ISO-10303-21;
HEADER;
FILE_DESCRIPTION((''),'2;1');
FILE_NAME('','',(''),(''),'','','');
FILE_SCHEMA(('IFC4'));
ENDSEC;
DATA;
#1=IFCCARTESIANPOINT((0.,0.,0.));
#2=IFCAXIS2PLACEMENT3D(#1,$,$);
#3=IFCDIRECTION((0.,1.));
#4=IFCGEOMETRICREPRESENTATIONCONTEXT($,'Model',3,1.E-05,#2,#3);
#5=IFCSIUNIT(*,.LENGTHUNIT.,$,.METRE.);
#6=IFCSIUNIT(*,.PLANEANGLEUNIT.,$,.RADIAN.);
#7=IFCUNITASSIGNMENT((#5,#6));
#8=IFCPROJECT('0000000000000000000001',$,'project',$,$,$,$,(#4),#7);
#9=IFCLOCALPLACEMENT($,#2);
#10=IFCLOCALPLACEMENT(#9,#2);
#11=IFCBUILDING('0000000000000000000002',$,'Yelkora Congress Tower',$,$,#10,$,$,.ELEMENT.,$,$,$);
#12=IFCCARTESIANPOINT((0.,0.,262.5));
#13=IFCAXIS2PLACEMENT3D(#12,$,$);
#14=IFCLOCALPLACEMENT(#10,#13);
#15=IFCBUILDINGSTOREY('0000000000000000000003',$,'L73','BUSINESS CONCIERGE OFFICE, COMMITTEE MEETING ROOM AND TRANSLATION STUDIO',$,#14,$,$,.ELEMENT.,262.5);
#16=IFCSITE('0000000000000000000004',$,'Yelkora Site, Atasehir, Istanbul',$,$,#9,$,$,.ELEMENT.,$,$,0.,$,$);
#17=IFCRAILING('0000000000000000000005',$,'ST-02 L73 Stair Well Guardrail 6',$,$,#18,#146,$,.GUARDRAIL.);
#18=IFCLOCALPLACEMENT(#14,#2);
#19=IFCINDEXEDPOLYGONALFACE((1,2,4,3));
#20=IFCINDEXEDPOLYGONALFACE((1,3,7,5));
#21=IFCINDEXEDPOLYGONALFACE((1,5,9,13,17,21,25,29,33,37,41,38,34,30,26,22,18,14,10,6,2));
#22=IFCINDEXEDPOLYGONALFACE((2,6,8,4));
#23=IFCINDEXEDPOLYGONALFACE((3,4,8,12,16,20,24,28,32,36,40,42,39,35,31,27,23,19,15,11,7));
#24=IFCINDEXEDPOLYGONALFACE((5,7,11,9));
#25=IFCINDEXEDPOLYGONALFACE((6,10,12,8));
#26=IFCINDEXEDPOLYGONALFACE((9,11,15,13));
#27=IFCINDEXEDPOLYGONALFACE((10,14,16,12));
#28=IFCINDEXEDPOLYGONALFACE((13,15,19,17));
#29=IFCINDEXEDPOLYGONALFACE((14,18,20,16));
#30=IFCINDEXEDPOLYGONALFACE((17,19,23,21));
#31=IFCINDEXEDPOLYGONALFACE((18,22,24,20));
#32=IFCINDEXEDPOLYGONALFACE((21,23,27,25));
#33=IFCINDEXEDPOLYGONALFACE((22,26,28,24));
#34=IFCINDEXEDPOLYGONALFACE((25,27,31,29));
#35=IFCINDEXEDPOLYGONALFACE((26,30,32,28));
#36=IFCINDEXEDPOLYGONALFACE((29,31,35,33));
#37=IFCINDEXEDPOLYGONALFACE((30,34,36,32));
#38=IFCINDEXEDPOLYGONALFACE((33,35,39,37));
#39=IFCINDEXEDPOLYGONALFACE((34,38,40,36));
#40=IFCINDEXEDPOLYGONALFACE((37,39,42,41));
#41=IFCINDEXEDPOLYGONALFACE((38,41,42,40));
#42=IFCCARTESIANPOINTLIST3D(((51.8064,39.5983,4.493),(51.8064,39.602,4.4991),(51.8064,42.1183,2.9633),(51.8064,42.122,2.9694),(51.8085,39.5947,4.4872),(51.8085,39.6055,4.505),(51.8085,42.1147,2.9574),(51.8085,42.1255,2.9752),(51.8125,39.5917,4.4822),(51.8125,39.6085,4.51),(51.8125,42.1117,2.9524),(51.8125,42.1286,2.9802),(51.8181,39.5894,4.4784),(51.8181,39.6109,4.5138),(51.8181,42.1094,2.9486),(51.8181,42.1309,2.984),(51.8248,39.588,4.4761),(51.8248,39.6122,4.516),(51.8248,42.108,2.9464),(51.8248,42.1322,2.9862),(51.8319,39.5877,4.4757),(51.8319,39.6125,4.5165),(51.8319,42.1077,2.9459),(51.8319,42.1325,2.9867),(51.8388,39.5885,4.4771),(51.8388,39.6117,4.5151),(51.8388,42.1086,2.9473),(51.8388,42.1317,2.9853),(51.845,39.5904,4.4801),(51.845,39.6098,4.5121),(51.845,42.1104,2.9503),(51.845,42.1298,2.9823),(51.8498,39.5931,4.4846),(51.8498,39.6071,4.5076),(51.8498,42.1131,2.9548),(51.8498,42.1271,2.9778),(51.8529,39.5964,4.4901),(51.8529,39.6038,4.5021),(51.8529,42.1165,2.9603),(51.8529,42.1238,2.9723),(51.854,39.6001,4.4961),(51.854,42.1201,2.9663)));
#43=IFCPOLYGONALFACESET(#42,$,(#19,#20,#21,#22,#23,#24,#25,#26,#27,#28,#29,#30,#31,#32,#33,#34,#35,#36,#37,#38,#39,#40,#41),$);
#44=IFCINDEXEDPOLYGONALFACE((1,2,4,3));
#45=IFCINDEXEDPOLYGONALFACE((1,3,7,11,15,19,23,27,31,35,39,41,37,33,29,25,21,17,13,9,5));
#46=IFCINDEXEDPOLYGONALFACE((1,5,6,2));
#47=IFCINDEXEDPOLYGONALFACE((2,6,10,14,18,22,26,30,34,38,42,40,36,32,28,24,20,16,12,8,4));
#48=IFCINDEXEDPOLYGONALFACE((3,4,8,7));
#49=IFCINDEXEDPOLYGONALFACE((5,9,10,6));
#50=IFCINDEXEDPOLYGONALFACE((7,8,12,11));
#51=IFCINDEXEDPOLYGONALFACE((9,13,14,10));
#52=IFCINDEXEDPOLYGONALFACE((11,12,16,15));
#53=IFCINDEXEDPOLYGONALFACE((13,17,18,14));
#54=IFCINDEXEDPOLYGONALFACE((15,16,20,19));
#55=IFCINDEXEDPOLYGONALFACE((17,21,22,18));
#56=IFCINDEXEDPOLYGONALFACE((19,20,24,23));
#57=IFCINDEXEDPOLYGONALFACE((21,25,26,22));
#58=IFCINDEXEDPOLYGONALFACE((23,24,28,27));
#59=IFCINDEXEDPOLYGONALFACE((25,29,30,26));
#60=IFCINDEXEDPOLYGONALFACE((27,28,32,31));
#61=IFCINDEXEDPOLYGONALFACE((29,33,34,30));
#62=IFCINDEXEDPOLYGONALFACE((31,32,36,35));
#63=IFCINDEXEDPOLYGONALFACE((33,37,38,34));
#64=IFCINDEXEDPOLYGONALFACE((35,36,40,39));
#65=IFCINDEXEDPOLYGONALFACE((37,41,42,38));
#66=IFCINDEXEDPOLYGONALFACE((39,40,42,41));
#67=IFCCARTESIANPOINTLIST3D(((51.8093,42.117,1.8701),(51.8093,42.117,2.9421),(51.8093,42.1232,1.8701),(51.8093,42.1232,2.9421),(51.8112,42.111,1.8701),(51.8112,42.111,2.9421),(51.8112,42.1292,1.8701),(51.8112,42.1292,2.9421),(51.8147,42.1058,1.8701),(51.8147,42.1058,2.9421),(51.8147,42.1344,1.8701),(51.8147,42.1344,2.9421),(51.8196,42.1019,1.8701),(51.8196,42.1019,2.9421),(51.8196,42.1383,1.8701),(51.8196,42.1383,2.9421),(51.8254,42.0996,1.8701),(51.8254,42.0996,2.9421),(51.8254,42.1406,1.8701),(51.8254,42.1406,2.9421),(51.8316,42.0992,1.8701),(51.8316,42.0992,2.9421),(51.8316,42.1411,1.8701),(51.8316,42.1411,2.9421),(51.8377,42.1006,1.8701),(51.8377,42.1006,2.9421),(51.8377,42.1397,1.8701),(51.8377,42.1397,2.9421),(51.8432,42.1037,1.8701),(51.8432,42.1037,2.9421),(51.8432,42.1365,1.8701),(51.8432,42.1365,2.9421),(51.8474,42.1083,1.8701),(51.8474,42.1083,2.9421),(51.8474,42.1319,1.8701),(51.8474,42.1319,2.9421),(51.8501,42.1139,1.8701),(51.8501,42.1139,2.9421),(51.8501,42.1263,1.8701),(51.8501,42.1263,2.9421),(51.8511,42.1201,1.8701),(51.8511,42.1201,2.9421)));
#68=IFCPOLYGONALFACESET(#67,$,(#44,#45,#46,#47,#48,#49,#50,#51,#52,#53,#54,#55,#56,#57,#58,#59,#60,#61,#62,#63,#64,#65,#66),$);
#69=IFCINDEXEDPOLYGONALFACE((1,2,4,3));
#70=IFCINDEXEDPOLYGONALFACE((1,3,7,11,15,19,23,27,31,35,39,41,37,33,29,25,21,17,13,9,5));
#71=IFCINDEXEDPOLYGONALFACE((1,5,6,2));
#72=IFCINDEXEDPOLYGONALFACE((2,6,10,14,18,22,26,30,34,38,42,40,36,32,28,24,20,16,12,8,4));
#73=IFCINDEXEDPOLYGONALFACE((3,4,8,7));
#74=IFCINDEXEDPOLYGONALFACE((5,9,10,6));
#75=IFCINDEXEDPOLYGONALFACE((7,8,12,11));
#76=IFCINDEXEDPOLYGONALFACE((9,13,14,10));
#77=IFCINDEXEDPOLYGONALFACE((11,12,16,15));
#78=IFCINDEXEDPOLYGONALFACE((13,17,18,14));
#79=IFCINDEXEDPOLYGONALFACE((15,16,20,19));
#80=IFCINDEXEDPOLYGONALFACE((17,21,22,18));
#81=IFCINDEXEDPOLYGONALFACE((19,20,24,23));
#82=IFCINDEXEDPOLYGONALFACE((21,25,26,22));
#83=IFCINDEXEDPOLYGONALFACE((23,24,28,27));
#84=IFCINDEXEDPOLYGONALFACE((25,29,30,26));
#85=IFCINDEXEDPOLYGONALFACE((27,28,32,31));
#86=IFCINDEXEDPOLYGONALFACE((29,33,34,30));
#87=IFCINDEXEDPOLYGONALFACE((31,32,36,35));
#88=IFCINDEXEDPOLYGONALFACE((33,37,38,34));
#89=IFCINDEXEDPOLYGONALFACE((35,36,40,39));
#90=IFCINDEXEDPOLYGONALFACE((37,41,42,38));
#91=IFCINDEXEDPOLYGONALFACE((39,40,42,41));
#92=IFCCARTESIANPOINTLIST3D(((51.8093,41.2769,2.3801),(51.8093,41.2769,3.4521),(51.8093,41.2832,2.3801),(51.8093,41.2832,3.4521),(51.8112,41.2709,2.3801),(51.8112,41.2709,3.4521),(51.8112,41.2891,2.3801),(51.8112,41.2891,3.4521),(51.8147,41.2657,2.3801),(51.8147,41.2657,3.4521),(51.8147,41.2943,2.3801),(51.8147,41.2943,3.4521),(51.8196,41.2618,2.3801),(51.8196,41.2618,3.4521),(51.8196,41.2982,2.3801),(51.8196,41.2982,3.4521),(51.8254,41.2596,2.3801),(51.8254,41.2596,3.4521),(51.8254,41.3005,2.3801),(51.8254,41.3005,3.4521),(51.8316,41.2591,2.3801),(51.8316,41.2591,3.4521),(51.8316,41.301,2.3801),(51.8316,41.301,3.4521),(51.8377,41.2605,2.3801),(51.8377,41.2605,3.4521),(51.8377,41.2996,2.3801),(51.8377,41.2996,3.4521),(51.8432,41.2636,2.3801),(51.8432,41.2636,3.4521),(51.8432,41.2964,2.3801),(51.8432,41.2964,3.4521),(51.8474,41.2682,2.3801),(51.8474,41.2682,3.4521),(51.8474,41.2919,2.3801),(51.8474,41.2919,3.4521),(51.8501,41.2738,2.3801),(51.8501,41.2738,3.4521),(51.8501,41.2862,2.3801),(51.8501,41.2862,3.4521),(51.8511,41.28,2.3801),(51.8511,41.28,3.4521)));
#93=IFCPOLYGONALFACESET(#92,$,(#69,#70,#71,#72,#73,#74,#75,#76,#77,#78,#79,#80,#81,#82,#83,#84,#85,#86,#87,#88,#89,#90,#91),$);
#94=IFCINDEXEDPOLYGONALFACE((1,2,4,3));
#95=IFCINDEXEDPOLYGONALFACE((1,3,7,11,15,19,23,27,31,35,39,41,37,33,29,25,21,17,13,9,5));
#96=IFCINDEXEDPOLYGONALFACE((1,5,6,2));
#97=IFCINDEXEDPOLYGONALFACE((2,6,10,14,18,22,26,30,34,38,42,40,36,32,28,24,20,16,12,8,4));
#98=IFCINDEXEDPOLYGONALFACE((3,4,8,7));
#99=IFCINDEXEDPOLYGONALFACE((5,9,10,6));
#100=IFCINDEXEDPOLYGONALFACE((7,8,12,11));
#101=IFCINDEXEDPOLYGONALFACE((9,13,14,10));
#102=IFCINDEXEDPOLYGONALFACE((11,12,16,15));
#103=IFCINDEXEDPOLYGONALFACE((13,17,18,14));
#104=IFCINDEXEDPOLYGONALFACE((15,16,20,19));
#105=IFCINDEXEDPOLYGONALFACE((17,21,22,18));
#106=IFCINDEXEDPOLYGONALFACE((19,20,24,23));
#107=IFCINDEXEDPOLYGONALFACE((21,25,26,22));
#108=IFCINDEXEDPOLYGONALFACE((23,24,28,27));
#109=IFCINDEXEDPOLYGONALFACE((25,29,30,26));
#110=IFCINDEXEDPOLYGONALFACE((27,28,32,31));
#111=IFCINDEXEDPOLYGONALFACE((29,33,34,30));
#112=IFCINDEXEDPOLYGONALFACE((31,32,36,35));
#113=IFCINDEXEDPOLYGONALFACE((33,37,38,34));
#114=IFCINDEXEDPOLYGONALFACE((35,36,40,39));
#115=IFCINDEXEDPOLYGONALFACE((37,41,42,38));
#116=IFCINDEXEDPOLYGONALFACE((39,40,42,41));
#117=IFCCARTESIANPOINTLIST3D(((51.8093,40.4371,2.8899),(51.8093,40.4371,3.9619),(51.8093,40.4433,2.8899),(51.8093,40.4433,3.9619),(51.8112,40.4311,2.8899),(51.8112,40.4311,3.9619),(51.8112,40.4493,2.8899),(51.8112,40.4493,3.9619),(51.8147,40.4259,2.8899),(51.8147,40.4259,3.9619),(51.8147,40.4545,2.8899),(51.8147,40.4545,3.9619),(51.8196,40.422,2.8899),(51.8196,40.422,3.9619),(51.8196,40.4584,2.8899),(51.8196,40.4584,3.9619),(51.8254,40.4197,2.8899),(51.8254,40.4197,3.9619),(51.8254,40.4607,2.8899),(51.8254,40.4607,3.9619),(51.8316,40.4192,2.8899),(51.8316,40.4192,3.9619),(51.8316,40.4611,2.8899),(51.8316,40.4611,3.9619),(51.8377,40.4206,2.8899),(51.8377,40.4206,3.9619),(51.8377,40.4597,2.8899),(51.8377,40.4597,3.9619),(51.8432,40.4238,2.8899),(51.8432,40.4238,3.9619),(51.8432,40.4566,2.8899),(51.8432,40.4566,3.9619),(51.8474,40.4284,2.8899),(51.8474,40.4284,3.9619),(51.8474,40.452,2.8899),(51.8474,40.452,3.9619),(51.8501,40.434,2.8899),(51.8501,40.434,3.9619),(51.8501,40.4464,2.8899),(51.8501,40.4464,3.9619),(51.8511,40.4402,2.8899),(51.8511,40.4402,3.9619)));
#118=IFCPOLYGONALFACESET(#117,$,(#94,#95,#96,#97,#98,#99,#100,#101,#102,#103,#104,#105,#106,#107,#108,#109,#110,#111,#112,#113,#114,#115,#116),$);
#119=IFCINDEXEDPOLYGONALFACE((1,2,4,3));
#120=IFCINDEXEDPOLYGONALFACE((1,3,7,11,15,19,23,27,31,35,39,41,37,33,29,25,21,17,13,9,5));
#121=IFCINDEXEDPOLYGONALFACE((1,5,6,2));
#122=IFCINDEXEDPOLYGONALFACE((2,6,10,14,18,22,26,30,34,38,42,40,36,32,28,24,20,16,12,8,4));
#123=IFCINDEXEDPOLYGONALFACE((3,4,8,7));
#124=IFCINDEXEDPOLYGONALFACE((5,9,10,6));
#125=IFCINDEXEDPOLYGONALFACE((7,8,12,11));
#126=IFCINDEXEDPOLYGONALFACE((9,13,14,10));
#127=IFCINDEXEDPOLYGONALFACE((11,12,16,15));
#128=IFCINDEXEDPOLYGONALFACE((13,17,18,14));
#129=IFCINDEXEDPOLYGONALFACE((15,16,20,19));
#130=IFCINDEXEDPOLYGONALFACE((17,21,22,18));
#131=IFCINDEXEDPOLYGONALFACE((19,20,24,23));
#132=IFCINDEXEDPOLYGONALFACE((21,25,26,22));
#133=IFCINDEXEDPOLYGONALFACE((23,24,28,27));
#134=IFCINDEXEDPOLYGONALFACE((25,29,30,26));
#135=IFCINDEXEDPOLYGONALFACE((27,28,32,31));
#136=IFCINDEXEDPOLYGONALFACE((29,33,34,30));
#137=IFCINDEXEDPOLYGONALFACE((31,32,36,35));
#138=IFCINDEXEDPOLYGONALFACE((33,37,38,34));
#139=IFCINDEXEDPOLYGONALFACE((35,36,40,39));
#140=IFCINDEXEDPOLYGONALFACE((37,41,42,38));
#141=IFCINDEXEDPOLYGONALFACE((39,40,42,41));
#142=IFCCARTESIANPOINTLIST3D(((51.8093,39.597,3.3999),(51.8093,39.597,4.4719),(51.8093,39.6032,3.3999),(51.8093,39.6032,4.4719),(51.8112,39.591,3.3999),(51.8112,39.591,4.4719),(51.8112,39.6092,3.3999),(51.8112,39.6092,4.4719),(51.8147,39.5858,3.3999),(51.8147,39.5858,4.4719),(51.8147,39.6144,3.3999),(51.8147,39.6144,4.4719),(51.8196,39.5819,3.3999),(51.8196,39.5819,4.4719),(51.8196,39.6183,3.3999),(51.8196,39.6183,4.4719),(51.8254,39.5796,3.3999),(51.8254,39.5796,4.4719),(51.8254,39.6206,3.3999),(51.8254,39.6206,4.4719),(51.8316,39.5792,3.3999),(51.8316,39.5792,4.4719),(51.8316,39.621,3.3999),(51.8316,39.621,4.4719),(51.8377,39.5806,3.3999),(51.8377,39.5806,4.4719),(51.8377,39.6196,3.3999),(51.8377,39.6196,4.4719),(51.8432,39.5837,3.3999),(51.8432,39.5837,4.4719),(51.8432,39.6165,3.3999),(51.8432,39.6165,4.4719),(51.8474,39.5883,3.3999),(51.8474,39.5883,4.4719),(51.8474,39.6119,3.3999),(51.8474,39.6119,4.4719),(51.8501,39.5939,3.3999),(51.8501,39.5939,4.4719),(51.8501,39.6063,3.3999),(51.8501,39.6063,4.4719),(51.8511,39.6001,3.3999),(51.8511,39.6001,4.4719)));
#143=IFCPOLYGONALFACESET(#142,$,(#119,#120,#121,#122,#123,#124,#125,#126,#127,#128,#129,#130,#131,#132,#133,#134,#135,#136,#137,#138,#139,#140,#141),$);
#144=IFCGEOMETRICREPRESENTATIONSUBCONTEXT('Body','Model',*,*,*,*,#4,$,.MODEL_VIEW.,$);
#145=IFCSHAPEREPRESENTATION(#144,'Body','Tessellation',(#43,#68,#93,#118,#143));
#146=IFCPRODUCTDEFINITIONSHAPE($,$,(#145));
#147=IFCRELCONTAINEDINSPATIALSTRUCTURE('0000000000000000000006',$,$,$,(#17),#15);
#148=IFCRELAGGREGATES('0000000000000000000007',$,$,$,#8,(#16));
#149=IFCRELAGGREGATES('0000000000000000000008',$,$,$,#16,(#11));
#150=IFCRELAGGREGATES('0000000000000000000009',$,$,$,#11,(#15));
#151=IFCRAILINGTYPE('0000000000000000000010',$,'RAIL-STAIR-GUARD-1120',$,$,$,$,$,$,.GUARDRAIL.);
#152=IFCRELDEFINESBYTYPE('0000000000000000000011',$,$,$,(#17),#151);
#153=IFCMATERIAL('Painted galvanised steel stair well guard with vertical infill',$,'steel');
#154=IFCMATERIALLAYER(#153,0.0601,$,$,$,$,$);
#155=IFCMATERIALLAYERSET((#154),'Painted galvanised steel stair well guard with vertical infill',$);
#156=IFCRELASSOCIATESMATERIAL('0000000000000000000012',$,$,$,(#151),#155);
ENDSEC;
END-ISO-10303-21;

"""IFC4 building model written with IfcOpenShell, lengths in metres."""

from ifc_helpers import new_model, si_unit, direction, frame, origin, origin_2d, place, context, subcontext, project, spatial, circle, extrude, material, layer, layer_set, type_object, element, save


model = new_model("IFC4")

# Units and contexts
model_context = context("Model", 3, precision=1e-05, world=origin(), true_north=direction((0.0, 1.0)))
body_context = subcontext(model_context, "Body", "Model", "MODEL_VIEW")
ifc_project = project(units=[si_unit("LENGTHUNIT", "METRE"), si_unit("PLANEANGLEUNIT", "RADIAN")], contexts=[model_context])

# Site, building, storey
site_placement = place(None, origin())
site = spatial("IfcSite", under=ifc_project, at=site_placement, Name="Yelkora Site, Atasehir, Istanbul", CompositionType="ELEMENT", RefElevation=0.0)
building_placement = place(site_placement, origin())
building = spatial("IfcBuilding", under=site, at=building_placement, Name="Yelkora Congress Tower", CompositionType="ELEMENT")
storey_placement = place(building_placement, frame((0.0, 0.0, 262.5)))
storey = spatial("IfcBuildingStorey", under=building, at=storey_placement, Name="L73", Description="BUSINESS CONCIERGE OFFICE, COMMITTEE MEETING ROOM AND TRANSLATION STUDIO", CompositionType="ELEMENT", Elevation=262.5)

# Railing
ifc_material_1 = material(Name="Painted galvanised steel stair well guard with vertical infill", Category="steel")
ifc_layer_1 = layer(ifc_material_1, 0.0601)
ifc_layer_set_1 = layer_set([ifc_layer_1], Name="Painted galvanised steel stair well guard with vertical infill")
railing_type_1 = type_object("IfcRailingType", Name="RAIL-STAIR-GUARD-1120", PredefinedType="GUARDRAIL", material=ifc_layer_set_1)
railing_1_placement = place(storey_placement, frame((51.8301, 42.1201, 1.8701)))
element("IfcRailing", 1, at=railing_1_placement, inside=storey, type_object=railing_type_1, Name="ST-02 L73 Stair Well Guardrail 6", PredefinedType="GUARDRAIL", context=body_context, shape_type="SweptSolid", body=[
    extrude(circle(Radius=0.0239, at=origin_2d()), frame((0.0, 0.0, 1.0962), z_axis=(0.0, -0.854822, 0.518922), x_axis=(1.0, 0.0, 0.0)), (0.0, 0.0, 1.0), 2.948),
    extrude(circle(Radius=0.021, at=origin_2d()), origin(), (0.0, 0.0, 1.0), 1.072),
    extrude(circle(Radius=0.021, at=origin_2d()), frame((0.0, -0.8401, 0.51)), (0.0, 0.0, 1.0), 1.072),
    extrude(circle(Radius=0.021, at=origin_2d()), frame((0.0, -1.6799, 1.0198)), (0.0, 0.0, 1.0), 1.072),
    extrude(circle(Radius=0.021, at=origin_2d()), frame((0.0, -2.52, 1.5298)), (0.0, 0.0, 1.0), 1.072),
])

save(model, "model.ifc")
